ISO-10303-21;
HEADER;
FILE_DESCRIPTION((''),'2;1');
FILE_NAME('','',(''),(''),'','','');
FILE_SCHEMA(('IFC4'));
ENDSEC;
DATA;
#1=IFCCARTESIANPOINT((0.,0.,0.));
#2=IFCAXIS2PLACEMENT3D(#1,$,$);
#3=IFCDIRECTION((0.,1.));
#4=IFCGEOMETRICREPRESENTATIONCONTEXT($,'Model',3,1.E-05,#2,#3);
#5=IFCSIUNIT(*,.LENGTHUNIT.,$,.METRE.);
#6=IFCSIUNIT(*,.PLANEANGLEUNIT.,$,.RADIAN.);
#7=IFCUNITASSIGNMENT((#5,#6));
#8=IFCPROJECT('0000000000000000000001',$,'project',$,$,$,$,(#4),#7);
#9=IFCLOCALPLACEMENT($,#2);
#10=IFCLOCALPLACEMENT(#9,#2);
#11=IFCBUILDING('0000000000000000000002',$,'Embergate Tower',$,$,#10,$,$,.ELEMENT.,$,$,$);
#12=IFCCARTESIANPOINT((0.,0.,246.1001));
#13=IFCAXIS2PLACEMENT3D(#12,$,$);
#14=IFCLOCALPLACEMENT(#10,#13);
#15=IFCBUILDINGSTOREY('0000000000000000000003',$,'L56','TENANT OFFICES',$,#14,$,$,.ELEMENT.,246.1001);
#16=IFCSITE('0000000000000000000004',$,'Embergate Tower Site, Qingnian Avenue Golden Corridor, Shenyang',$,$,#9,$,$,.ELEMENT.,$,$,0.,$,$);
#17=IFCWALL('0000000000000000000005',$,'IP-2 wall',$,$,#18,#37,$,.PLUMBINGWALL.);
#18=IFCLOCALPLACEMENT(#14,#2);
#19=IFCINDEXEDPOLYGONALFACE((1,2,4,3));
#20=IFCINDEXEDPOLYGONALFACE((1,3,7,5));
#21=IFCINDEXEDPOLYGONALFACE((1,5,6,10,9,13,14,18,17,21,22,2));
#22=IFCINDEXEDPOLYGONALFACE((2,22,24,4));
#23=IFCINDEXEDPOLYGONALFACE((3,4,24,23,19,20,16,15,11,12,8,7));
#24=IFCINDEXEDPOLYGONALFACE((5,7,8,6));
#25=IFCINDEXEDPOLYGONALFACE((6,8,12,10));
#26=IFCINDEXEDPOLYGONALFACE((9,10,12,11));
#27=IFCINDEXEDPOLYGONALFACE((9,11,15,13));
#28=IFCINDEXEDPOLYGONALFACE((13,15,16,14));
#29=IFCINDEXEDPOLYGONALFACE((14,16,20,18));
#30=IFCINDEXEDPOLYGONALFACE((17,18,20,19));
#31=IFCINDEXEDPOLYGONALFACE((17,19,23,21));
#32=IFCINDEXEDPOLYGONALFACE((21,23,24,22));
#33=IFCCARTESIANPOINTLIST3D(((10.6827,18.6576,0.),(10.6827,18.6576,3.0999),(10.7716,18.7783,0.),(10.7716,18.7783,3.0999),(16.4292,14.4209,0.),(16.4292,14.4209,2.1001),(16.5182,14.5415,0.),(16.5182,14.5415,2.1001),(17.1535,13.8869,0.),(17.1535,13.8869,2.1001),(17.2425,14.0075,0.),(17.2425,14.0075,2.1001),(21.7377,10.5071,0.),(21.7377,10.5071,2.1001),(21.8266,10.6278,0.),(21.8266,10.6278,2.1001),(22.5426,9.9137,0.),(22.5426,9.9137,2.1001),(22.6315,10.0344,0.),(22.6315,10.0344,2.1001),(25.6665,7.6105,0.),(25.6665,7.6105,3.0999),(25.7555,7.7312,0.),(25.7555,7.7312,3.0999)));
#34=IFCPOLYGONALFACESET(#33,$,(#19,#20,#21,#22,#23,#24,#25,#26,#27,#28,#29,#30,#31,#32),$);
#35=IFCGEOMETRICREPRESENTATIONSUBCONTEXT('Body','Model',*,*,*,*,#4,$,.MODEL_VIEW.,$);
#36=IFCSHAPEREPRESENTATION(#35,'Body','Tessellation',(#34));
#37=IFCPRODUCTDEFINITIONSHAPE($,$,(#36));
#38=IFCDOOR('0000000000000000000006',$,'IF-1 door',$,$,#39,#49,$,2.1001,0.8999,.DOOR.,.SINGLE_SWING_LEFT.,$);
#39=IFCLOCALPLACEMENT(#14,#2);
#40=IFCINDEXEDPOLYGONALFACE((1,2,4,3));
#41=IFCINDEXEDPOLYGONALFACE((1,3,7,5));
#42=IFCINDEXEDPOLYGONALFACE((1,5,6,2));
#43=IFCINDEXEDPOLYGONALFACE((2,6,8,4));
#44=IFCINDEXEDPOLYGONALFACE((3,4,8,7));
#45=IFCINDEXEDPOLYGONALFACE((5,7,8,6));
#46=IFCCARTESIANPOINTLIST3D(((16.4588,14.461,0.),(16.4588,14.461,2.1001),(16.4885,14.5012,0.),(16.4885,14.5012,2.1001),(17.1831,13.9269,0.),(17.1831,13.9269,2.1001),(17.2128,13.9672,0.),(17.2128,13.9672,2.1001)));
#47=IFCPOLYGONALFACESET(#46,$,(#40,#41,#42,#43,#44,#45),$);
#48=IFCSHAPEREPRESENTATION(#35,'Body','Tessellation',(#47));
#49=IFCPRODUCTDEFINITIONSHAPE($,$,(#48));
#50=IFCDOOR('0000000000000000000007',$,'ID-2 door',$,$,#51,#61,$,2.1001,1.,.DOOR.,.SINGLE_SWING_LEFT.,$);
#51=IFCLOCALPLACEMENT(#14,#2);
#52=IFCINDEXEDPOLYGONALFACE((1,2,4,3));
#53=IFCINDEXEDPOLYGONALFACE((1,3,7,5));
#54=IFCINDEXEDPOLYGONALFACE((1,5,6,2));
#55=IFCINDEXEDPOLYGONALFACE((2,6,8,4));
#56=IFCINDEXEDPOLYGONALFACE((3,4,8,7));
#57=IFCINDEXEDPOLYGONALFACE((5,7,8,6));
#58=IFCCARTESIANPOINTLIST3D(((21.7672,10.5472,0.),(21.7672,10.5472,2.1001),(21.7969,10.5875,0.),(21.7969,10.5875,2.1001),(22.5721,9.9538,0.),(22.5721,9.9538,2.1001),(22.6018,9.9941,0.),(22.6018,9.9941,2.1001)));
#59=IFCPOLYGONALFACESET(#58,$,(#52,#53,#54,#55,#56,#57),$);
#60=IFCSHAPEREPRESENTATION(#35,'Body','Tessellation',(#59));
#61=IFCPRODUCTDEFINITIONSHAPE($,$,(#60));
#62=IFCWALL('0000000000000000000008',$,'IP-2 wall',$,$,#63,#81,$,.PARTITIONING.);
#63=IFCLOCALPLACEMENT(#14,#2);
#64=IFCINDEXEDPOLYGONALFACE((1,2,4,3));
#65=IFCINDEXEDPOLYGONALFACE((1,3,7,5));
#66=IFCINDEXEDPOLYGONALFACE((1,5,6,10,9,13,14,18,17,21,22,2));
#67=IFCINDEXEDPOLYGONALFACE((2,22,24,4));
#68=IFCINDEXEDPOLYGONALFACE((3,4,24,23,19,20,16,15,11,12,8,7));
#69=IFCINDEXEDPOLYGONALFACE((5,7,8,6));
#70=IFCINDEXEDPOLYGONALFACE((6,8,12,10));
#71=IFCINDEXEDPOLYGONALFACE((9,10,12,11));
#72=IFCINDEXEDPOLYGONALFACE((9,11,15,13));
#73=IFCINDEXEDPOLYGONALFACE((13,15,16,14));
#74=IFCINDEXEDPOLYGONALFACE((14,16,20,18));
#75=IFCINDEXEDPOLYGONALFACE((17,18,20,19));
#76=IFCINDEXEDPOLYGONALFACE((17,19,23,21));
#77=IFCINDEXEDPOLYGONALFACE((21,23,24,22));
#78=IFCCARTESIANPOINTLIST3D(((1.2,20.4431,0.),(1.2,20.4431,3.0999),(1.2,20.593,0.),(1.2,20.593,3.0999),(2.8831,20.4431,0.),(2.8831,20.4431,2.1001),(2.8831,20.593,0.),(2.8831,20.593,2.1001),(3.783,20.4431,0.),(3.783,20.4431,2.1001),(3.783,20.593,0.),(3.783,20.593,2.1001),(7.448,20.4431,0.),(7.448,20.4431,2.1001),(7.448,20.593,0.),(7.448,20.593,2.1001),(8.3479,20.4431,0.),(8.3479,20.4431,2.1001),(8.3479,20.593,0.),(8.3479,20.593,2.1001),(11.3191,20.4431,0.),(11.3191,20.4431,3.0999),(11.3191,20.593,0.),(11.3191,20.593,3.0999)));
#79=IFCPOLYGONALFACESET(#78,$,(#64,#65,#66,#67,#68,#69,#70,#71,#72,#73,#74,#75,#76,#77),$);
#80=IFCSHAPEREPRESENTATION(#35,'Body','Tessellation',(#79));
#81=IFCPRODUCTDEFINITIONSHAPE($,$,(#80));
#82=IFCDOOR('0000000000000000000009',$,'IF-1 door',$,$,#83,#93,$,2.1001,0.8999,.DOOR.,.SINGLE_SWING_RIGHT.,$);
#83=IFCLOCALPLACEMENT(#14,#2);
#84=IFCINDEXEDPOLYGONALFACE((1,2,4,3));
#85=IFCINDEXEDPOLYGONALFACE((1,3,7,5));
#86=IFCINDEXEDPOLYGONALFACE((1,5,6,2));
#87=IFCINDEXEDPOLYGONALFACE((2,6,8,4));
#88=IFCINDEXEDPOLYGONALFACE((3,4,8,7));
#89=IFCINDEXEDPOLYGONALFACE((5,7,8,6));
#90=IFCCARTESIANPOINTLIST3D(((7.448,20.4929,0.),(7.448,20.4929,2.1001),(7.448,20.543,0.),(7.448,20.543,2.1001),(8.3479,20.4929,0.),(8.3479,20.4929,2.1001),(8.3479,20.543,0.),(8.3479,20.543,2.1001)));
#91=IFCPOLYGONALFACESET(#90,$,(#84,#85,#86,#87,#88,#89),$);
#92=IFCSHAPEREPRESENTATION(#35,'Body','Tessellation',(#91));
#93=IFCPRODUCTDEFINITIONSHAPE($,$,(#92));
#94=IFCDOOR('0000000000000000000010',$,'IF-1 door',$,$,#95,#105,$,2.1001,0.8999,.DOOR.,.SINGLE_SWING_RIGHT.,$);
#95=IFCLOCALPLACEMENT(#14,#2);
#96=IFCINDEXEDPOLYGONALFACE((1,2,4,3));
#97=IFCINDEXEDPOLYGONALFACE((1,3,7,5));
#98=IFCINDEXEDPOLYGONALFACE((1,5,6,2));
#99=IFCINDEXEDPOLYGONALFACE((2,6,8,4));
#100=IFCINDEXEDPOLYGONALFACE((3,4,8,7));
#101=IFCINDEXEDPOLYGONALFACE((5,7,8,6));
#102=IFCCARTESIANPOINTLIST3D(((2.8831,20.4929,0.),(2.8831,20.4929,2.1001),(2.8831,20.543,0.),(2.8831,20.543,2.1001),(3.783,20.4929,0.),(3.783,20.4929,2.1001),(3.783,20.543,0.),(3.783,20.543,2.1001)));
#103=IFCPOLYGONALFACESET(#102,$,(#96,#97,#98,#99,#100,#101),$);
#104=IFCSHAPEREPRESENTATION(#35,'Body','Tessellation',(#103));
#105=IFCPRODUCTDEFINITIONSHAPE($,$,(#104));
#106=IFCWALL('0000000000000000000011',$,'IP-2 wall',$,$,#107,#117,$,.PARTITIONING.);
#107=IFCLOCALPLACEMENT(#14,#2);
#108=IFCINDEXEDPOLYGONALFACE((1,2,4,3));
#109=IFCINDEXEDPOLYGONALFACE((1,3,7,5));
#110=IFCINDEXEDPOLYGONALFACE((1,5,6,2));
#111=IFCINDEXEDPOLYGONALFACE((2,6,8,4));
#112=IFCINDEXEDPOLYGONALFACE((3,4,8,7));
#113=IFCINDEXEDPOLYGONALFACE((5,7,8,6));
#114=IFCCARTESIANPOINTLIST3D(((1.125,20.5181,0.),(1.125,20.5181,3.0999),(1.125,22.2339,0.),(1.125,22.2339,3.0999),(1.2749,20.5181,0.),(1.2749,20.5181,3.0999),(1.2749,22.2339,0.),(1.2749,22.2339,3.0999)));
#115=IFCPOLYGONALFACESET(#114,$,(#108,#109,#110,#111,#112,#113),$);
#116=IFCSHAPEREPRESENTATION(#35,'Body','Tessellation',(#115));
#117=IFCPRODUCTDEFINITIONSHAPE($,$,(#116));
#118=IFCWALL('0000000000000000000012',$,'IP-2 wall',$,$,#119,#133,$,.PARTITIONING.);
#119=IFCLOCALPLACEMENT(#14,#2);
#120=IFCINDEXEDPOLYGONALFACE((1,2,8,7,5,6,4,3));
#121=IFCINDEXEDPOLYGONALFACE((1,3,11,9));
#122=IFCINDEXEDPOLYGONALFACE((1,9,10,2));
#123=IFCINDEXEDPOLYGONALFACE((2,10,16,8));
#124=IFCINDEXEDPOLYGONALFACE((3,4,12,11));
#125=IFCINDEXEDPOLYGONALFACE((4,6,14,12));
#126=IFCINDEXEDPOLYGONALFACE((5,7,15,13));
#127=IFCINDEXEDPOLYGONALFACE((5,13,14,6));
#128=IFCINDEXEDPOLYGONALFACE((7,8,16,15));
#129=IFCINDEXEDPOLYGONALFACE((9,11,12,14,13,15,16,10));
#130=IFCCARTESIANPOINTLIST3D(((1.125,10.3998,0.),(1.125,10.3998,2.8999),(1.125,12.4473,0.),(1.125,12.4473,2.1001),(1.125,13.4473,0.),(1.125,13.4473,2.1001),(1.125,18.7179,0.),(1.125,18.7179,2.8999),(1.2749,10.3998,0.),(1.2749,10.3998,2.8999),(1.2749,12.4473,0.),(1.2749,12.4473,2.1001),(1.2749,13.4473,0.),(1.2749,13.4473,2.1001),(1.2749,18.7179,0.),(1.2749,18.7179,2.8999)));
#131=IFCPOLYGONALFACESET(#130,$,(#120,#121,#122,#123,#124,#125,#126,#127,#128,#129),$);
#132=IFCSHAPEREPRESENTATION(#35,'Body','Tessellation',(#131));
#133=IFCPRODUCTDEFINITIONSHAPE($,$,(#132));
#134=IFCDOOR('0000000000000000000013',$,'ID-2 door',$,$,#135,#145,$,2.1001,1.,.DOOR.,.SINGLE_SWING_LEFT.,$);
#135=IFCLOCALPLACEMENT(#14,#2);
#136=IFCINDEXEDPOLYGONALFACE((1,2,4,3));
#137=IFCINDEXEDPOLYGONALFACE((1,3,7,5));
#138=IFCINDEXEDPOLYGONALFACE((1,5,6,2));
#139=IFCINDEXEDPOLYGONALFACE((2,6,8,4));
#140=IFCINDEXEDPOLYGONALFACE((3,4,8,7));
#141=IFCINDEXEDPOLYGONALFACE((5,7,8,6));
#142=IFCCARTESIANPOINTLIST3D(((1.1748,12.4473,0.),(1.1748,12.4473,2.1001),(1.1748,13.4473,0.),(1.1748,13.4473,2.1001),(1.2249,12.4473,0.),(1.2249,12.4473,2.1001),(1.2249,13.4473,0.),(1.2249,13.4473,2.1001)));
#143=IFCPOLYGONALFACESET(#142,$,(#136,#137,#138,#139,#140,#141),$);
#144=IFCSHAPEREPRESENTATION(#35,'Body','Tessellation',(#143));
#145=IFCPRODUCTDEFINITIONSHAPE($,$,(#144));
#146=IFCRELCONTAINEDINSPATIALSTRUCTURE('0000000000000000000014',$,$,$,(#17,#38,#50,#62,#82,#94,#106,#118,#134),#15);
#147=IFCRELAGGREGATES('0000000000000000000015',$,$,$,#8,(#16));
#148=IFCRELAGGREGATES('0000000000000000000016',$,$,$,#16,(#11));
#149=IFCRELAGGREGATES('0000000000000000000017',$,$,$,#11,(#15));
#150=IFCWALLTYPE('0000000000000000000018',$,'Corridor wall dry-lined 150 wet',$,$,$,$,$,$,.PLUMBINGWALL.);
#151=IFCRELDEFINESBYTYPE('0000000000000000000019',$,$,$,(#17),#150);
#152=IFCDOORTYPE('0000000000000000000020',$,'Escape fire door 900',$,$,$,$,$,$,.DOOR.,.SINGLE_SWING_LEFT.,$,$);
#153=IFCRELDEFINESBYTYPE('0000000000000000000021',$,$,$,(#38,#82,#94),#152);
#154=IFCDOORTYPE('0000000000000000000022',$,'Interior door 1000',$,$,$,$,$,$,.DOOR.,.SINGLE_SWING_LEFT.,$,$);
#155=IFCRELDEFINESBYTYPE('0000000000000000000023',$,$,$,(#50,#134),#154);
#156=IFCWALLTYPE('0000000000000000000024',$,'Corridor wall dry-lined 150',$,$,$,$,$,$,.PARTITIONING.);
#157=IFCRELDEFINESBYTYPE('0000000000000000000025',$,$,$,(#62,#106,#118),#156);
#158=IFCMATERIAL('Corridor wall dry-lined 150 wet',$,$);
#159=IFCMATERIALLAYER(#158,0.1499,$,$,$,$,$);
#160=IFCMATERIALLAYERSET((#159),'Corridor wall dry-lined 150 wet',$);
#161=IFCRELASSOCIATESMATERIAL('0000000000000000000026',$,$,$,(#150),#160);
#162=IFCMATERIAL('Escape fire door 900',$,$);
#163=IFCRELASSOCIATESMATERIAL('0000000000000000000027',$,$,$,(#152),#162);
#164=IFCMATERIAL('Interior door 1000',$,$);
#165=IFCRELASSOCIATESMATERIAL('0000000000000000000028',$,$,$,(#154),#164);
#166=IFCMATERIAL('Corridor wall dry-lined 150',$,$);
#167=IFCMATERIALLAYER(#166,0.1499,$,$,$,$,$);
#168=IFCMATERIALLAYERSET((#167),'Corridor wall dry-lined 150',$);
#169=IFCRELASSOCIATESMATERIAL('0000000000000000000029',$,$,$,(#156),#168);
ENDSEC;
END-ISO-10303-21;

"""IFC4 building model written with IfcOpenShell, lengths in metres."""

from ifc_helpers import new_model, si_unit, direction, frame, frame_2d, origin, place, context, subcontext, project, spatial, rectangle, extrude, source, transform, mapped, material, layer, layer_set, type_object, element, fill, save


model = new_model("IFC4")

# Units and contexts
model_context = context("Model", 3, precision=1e-05, world=origin(), true_north=direction((0.0, 1.0)))
body_context = subcontext(model_context, "Body", "Model", "MODEL_VIEW")
ifc_project = project(units=[si_unit("LENGTHUNIT", "METRE"), si_unit("PLANEANGLEUNIT", "RADIAN")], contexts=[model_context])

# Site, building, storey
site_placement = place(None, origin())
site = spatial("IfcSite", under=ifc_project, at=site_placement, Name="Embergate Tower Site, Qingnian Avenue Golden Corridor, Shenyang", CompositionType="ELEMENT", RefElevation=0.0)
building_placement = place(site_placement, origin())
building = spatial("IfcBuilding", under=site, at=building_placement, Name="Embergate Tower", CompositionType="ELEMENT")
storey_placement = place(building_placement, frame((0.0, 0.0, 246.1001)))
storey = spatial("IfcBuildingStorey", under=building, at=storey_placement, Name="L56", Description="TENANT OFFICES", CompositionType="ELEMENT", Elevation=246.1001)

# Walls, openings, doors
ifc_material_1 = material(Name="Corridor wall dry-lined 150 wet")
ifc_layer_1 = layer(ifc_material_1, 0.1499)
ifc_layer_set_1 = layer_set([ifc_layer_1], Name="Corridor wall dry-lined 150 wet")
wall_type_1 = type_object("IfcWallType", Name="Corridor wall dry-lined 150 wet", PredefinedType="PLUMBINGWALL", material=ifc_layer_set_1)
shared_shape_1 = source(origin(), body_context, "Body", "SweptSolid", [
    extrude(rectangle(XDim=1.0, YDim=2.1001, at=frame_2d((0.5, 1.05))), frame((0.0, 0.085, 0.0), z_axis=(0.0, -1.0, 0.0), x_axis=(1.0, 0.0, 0.0)), (0.0, 0.0, 1.0), 0.1699),
])
shared_shape_2 = source(origin(), body_context, "Body", "SweptSolid", [
    extrude(rectangle(XDim=0.8999, YDim=2.1001, at=frame_2d((0.45, 1.05))), frame((0.0, 0.085, 0.0), z_axis=(0.0, -1.0, 0.0), x_axis=(1.0, 0.0, 0.0)), (0.0, 0.0, 1.0), 0.1699),
])
ifc_material_2 = material(Name="Escape fire door 900")
door_type_1 = type_object("IfcDoorType", Name="Escape fire door 900", OperationType="SINGLE_SWING_LEFT", PredefinedType="DOOR", material=ifc_material_2)
shared_shape_3 = source(origin(), body_context, "Body", "SweptSolid", [
    extrude(rectangle(XDim=0.8999, YDim=2.1001, at=frame_2d((0.45, 1.05))), frame((0.0, 0.0249, 0.0), z_axis=(0.0, -1.0, 0.0), x_axis=(1.0, 0.0, 0.0)), (0.0, 0.0, 1.0), 0.05),
])
ifc_material_3 = material(Name="Interior door 1000")
door_type_2 = type_object("IfcDoorType", Name="Interior door 1000", OperationType="SINGLE_SWING_LEFT", PredefinedType="DOOR", material=ifc_material_3)
shared_shape_4 = source(origin(), body_context, "Body", "SweptSolid", [
    extrude(rectangle(XDim=1.0, YDim=2.1001, at=frame_2d((0.5, 1.05))), frame((0.0, 0.0249, 0.0), z_axis=(0.0, -1.0, 0.0), x_axis=(1.0, 0.0, 0.0)), (0.0, 0.0, 1.0), 0.05),
])
shared_shape_5 = source(origin(), body_context, "Body", "SweptSolid", [
    extrude(rectangle(XDim=18.616, YDim=0.1499, at=frame_2d((9.3081, 0.0))), origin(), (0.0, 0.0, 1.0), 3.0999),
])
wall_1_placement = place(storey_placement, frame((10.7271, 18.718, 0.0), z_axis=(0.0, 0.0, 1.0), x_axis=(0.804893, -0.59342, 0.0)))
wall_1 = element("IfcWall", 1, at=wall_1_placement, inside=storey, type_object=wall_type_1, Name="IP-2 wall", PredefinedType="PLUMBINGWALL", context=body_context, shape_type="MappedRepresentation", body=[
    mapped(shared_shape_5, transform((0.0, 0.0, 0.0))),
])
opening_1_placement = place(wall_1_placement, frame((13.7349, 0.0, 0.0)))
opening_1 = element("IfcOpeningElement", 2, at=opening_1_placement, cuts=wall_1, PredefinedType="OPENING", context=body_context, shape_type="MappedRepresentation", body=[
    mapped(shared_shape_1, transform((0.0, 0.0, 0.0))),
])
opening_2_placement = place(wall_1_placement, frame((7.1396, 0.0, 0.0)))
opening_2 = element("IfcOpeningElement", 3, at=opening_2_placement, cuts=wall_1, PredefinedType="OPENING", context=body_context, shape_type="MappedRepresentation", body=[
    mapped(shared_shape_2, transform((0.0, 0.0, 0.0))),
])
door_1_placement = place(opening_2_placement, origin())
door_1 = element("IfcDoor", 4, at=door_1_placement, inside=storey, type_object=door_type_1, Name="IF-1 door", OperationType="SINGLE_SWING_LEFT", OverallHeight=2.1001, OverallWidth=0.8999, PredefinedType="DOOR", context=body_context, shape_type="MappedRepresentation", body=[
    mapped(shared_shape_3, transform((0.0, 0.0, 0.0))),
])
fill(opening_2, door_1)
door_2_placement = place(opening_1_placement, origin())
door_2 = element("IfcDoor", 5, at=door_2_placement, inside=storey, type_object=door_type_2, Name="ID-2 door", OperationType="SINGLE_SWING_LEFT", OverallHeight=2.1001, OverallWidth=1.0, PredefinedType="DOOR", context=body_context, shape_type="MappedRepresentation", body=[
    mapped(shared_shape_4, transform((0.0, 0.0, 0.0))),
])
fill(opening_1, door_2)
ifc_material_4 = material(Name="Corridor wall dry-lined 150")
ifc_layer_2 = layer(ifc_material_4, 0.1499)
ifc_layer_set_2 = layer_set([ifc_layer_2], Name="Corridor wall dry-lined 150")
wall_type_2 = type_object("IfcWallType", Name="Corridor wall dry-lined 150", PredefinedType="PARTITIONING", material=ifc_layer_set_2)
shared_shape_6 = source(origin(), body_context, "Body", "SweptSolid", [
    extrude(rectangle(XDim=10.1191, YDim=0.1499, at=frame_2d((5.0596, 0.0))), origin(), (0.0, 0.0, 1.0), 3.0999),
])
wall_2_placement = place(storey_placement, frame((1.2, 20.5181, 0.0), z_axis=(0.0, 0.0, 1.0), x_axis=(1.0, 0.0, 0.0)))
wall_2 = element("IfcWall", 6, at=wall_2_placement, inside=storey, type_object=wall_type_2, Name="IP-2 wall", PredefinedType="PARTITIONING", context=body_context, shape_type="MappedRepresentation", body=[
    mapped(shared_shape_6, transform((0.0, 0.0, 0.0))),
])
opening_3_placement = place(wall_2_placement, frame((6.248, 0.0, 0.0)))
opening_3 = element("IfcOpeningElement", 7, at=opening_3_placement, cuts=wall_2, PredefinedType="OPENING", context=body_context, shape_type="MappedRepresentation", body=[
    mapped(shared_shape_2, transform((0.0, 0.0, 0.0))),
])
opening_4_placement = place(wall_2_placement, frame((1.6831, 0.0, 0.0)))
opening_4 = element("IfcOpeningElement", 8, at=opening_4_placement, cuts=wall_2, PredefinedType="OPENING", context=body_context, shape_type="MappedRepresentation", body=[
    mapped(shared_shape_2, transform((0.0, 0.0, 0.0))),
])
door_3_placement = place(opening_3_placement, origin())
door_3 = element("IfcDoor", 9, at=door_3_placement, inside=storey, type_object=door_type_1, Name="IF-1 door", OperationType="SINGLE_SWING_RIGHT", OverallHeight=2.1001, OverallWidth=0.8999, PredefinedType="DOOR", context=body_context, shape_type="MappedRepresentation", body=[
    mapped(shared_shape_3, transform((0.0, 0.0, 0.0))),
])
fill(opening_3, door_3)
door_4_placement = place(opening_4_placement, origin())
door_4 = element("IfcDoor", 10, at=door_4_placement, inside=storey, type_object=door_type_1, Name="IF-1 door", OperationType="SINGLE_SWING_RIGHT", OverallHeight=2.1001, OverallWidth=0.8999, PredefinedType="DOOR", context=body_context, shape_type="MappedRepresentation", body=[
    mapped(shared_shape_3, transform((0.0, 0.0, 0.0))),
])
fill(opening_4, door_4)

# Wall
shared_shape_7 = source(origin(), body_context, "Body", "SweptSolid", [
    extrude(rectangle(XDim=1.7158, YDim=0.1499, at=frame_2d((0.8579, 0.0))), origin(), (0.0, 0.0, 1.0), 3.0999),
])
wall_3_placement = place(storey_placement, frame((1.2, 22.2339, 0.0), z_axis=(0.0, 0.0, 1.0), x_axis=(0.0, -1.0, 0.0)))
element("IfcWall", 11, at=wall_3_placement, inside=storey, type_object=wall_type_2, Name="IP-2 wall", PredefinedType="PARTITIONING", context=body_context, shape_type="MappedRepresentation", body=[
    mapped(shared_shape_7, transform((0.0, 0.0, 0.0))),
])

# Wall, opening, door
shared_shape_8 = source(origin(), body_context, "Body", "SweptSolid", [
    extrude(rectangle(XDim=8.3181, YDim=0.1499, at=frame_2d((4.1592, 0.0))), origin(), (0.0, 0.0, 1.0), 2.8999),
])
wall_4_placement = place(storey_placement, frame((1.2, 18.718, 0.0), z_axis=(0.0, 0.0, 1.0), x_axis=(0.0, -1.0, 0.0)))
wall_4 = element("IfcWall", 12, at=wall_4_placement, inside=storey, type_object=wall_type_2, Name="IP-2 wall", PredefinedType="PARTITIONING", context=body_context, shape_type="MappedRepresentation", body=[
    mapped(shared_shape_8, transform((0.0, 0.0, 0.0))),
])
opening_5_placement = place(wall_4_placement, frame((5.2708, 0.0, 0.0)))
opening_5 = element("IfcOpeningElement", 13, at=opening_5_placement, cuts=wall_4, PredefinedType="OPENING", context=body_context, shape_type="MappedRepresentation", body=[
    mapped(shared_shape_1, transform((0.0, 0.0, 0.0))),
])
door_5_placement = place(opening_5_placement, origin())
door_5 = element("IfcDoor", 14, at=door_5_placement, inside=storey, type_object=door_type_2, Name="ID-2 door", OperationType="SINGLE_SWING_LEFT", OverallHeight=2.1001, OverallWidth=1.0, PredefinedType="DOOR", context=body_context, shape_type="MappedRepresentation", body=[
    mapped(shared_shape_4, transform((0.0, 0.0, 0.0))),
])
fill(opening_5, door_5)

save(model, "model.ifc")
